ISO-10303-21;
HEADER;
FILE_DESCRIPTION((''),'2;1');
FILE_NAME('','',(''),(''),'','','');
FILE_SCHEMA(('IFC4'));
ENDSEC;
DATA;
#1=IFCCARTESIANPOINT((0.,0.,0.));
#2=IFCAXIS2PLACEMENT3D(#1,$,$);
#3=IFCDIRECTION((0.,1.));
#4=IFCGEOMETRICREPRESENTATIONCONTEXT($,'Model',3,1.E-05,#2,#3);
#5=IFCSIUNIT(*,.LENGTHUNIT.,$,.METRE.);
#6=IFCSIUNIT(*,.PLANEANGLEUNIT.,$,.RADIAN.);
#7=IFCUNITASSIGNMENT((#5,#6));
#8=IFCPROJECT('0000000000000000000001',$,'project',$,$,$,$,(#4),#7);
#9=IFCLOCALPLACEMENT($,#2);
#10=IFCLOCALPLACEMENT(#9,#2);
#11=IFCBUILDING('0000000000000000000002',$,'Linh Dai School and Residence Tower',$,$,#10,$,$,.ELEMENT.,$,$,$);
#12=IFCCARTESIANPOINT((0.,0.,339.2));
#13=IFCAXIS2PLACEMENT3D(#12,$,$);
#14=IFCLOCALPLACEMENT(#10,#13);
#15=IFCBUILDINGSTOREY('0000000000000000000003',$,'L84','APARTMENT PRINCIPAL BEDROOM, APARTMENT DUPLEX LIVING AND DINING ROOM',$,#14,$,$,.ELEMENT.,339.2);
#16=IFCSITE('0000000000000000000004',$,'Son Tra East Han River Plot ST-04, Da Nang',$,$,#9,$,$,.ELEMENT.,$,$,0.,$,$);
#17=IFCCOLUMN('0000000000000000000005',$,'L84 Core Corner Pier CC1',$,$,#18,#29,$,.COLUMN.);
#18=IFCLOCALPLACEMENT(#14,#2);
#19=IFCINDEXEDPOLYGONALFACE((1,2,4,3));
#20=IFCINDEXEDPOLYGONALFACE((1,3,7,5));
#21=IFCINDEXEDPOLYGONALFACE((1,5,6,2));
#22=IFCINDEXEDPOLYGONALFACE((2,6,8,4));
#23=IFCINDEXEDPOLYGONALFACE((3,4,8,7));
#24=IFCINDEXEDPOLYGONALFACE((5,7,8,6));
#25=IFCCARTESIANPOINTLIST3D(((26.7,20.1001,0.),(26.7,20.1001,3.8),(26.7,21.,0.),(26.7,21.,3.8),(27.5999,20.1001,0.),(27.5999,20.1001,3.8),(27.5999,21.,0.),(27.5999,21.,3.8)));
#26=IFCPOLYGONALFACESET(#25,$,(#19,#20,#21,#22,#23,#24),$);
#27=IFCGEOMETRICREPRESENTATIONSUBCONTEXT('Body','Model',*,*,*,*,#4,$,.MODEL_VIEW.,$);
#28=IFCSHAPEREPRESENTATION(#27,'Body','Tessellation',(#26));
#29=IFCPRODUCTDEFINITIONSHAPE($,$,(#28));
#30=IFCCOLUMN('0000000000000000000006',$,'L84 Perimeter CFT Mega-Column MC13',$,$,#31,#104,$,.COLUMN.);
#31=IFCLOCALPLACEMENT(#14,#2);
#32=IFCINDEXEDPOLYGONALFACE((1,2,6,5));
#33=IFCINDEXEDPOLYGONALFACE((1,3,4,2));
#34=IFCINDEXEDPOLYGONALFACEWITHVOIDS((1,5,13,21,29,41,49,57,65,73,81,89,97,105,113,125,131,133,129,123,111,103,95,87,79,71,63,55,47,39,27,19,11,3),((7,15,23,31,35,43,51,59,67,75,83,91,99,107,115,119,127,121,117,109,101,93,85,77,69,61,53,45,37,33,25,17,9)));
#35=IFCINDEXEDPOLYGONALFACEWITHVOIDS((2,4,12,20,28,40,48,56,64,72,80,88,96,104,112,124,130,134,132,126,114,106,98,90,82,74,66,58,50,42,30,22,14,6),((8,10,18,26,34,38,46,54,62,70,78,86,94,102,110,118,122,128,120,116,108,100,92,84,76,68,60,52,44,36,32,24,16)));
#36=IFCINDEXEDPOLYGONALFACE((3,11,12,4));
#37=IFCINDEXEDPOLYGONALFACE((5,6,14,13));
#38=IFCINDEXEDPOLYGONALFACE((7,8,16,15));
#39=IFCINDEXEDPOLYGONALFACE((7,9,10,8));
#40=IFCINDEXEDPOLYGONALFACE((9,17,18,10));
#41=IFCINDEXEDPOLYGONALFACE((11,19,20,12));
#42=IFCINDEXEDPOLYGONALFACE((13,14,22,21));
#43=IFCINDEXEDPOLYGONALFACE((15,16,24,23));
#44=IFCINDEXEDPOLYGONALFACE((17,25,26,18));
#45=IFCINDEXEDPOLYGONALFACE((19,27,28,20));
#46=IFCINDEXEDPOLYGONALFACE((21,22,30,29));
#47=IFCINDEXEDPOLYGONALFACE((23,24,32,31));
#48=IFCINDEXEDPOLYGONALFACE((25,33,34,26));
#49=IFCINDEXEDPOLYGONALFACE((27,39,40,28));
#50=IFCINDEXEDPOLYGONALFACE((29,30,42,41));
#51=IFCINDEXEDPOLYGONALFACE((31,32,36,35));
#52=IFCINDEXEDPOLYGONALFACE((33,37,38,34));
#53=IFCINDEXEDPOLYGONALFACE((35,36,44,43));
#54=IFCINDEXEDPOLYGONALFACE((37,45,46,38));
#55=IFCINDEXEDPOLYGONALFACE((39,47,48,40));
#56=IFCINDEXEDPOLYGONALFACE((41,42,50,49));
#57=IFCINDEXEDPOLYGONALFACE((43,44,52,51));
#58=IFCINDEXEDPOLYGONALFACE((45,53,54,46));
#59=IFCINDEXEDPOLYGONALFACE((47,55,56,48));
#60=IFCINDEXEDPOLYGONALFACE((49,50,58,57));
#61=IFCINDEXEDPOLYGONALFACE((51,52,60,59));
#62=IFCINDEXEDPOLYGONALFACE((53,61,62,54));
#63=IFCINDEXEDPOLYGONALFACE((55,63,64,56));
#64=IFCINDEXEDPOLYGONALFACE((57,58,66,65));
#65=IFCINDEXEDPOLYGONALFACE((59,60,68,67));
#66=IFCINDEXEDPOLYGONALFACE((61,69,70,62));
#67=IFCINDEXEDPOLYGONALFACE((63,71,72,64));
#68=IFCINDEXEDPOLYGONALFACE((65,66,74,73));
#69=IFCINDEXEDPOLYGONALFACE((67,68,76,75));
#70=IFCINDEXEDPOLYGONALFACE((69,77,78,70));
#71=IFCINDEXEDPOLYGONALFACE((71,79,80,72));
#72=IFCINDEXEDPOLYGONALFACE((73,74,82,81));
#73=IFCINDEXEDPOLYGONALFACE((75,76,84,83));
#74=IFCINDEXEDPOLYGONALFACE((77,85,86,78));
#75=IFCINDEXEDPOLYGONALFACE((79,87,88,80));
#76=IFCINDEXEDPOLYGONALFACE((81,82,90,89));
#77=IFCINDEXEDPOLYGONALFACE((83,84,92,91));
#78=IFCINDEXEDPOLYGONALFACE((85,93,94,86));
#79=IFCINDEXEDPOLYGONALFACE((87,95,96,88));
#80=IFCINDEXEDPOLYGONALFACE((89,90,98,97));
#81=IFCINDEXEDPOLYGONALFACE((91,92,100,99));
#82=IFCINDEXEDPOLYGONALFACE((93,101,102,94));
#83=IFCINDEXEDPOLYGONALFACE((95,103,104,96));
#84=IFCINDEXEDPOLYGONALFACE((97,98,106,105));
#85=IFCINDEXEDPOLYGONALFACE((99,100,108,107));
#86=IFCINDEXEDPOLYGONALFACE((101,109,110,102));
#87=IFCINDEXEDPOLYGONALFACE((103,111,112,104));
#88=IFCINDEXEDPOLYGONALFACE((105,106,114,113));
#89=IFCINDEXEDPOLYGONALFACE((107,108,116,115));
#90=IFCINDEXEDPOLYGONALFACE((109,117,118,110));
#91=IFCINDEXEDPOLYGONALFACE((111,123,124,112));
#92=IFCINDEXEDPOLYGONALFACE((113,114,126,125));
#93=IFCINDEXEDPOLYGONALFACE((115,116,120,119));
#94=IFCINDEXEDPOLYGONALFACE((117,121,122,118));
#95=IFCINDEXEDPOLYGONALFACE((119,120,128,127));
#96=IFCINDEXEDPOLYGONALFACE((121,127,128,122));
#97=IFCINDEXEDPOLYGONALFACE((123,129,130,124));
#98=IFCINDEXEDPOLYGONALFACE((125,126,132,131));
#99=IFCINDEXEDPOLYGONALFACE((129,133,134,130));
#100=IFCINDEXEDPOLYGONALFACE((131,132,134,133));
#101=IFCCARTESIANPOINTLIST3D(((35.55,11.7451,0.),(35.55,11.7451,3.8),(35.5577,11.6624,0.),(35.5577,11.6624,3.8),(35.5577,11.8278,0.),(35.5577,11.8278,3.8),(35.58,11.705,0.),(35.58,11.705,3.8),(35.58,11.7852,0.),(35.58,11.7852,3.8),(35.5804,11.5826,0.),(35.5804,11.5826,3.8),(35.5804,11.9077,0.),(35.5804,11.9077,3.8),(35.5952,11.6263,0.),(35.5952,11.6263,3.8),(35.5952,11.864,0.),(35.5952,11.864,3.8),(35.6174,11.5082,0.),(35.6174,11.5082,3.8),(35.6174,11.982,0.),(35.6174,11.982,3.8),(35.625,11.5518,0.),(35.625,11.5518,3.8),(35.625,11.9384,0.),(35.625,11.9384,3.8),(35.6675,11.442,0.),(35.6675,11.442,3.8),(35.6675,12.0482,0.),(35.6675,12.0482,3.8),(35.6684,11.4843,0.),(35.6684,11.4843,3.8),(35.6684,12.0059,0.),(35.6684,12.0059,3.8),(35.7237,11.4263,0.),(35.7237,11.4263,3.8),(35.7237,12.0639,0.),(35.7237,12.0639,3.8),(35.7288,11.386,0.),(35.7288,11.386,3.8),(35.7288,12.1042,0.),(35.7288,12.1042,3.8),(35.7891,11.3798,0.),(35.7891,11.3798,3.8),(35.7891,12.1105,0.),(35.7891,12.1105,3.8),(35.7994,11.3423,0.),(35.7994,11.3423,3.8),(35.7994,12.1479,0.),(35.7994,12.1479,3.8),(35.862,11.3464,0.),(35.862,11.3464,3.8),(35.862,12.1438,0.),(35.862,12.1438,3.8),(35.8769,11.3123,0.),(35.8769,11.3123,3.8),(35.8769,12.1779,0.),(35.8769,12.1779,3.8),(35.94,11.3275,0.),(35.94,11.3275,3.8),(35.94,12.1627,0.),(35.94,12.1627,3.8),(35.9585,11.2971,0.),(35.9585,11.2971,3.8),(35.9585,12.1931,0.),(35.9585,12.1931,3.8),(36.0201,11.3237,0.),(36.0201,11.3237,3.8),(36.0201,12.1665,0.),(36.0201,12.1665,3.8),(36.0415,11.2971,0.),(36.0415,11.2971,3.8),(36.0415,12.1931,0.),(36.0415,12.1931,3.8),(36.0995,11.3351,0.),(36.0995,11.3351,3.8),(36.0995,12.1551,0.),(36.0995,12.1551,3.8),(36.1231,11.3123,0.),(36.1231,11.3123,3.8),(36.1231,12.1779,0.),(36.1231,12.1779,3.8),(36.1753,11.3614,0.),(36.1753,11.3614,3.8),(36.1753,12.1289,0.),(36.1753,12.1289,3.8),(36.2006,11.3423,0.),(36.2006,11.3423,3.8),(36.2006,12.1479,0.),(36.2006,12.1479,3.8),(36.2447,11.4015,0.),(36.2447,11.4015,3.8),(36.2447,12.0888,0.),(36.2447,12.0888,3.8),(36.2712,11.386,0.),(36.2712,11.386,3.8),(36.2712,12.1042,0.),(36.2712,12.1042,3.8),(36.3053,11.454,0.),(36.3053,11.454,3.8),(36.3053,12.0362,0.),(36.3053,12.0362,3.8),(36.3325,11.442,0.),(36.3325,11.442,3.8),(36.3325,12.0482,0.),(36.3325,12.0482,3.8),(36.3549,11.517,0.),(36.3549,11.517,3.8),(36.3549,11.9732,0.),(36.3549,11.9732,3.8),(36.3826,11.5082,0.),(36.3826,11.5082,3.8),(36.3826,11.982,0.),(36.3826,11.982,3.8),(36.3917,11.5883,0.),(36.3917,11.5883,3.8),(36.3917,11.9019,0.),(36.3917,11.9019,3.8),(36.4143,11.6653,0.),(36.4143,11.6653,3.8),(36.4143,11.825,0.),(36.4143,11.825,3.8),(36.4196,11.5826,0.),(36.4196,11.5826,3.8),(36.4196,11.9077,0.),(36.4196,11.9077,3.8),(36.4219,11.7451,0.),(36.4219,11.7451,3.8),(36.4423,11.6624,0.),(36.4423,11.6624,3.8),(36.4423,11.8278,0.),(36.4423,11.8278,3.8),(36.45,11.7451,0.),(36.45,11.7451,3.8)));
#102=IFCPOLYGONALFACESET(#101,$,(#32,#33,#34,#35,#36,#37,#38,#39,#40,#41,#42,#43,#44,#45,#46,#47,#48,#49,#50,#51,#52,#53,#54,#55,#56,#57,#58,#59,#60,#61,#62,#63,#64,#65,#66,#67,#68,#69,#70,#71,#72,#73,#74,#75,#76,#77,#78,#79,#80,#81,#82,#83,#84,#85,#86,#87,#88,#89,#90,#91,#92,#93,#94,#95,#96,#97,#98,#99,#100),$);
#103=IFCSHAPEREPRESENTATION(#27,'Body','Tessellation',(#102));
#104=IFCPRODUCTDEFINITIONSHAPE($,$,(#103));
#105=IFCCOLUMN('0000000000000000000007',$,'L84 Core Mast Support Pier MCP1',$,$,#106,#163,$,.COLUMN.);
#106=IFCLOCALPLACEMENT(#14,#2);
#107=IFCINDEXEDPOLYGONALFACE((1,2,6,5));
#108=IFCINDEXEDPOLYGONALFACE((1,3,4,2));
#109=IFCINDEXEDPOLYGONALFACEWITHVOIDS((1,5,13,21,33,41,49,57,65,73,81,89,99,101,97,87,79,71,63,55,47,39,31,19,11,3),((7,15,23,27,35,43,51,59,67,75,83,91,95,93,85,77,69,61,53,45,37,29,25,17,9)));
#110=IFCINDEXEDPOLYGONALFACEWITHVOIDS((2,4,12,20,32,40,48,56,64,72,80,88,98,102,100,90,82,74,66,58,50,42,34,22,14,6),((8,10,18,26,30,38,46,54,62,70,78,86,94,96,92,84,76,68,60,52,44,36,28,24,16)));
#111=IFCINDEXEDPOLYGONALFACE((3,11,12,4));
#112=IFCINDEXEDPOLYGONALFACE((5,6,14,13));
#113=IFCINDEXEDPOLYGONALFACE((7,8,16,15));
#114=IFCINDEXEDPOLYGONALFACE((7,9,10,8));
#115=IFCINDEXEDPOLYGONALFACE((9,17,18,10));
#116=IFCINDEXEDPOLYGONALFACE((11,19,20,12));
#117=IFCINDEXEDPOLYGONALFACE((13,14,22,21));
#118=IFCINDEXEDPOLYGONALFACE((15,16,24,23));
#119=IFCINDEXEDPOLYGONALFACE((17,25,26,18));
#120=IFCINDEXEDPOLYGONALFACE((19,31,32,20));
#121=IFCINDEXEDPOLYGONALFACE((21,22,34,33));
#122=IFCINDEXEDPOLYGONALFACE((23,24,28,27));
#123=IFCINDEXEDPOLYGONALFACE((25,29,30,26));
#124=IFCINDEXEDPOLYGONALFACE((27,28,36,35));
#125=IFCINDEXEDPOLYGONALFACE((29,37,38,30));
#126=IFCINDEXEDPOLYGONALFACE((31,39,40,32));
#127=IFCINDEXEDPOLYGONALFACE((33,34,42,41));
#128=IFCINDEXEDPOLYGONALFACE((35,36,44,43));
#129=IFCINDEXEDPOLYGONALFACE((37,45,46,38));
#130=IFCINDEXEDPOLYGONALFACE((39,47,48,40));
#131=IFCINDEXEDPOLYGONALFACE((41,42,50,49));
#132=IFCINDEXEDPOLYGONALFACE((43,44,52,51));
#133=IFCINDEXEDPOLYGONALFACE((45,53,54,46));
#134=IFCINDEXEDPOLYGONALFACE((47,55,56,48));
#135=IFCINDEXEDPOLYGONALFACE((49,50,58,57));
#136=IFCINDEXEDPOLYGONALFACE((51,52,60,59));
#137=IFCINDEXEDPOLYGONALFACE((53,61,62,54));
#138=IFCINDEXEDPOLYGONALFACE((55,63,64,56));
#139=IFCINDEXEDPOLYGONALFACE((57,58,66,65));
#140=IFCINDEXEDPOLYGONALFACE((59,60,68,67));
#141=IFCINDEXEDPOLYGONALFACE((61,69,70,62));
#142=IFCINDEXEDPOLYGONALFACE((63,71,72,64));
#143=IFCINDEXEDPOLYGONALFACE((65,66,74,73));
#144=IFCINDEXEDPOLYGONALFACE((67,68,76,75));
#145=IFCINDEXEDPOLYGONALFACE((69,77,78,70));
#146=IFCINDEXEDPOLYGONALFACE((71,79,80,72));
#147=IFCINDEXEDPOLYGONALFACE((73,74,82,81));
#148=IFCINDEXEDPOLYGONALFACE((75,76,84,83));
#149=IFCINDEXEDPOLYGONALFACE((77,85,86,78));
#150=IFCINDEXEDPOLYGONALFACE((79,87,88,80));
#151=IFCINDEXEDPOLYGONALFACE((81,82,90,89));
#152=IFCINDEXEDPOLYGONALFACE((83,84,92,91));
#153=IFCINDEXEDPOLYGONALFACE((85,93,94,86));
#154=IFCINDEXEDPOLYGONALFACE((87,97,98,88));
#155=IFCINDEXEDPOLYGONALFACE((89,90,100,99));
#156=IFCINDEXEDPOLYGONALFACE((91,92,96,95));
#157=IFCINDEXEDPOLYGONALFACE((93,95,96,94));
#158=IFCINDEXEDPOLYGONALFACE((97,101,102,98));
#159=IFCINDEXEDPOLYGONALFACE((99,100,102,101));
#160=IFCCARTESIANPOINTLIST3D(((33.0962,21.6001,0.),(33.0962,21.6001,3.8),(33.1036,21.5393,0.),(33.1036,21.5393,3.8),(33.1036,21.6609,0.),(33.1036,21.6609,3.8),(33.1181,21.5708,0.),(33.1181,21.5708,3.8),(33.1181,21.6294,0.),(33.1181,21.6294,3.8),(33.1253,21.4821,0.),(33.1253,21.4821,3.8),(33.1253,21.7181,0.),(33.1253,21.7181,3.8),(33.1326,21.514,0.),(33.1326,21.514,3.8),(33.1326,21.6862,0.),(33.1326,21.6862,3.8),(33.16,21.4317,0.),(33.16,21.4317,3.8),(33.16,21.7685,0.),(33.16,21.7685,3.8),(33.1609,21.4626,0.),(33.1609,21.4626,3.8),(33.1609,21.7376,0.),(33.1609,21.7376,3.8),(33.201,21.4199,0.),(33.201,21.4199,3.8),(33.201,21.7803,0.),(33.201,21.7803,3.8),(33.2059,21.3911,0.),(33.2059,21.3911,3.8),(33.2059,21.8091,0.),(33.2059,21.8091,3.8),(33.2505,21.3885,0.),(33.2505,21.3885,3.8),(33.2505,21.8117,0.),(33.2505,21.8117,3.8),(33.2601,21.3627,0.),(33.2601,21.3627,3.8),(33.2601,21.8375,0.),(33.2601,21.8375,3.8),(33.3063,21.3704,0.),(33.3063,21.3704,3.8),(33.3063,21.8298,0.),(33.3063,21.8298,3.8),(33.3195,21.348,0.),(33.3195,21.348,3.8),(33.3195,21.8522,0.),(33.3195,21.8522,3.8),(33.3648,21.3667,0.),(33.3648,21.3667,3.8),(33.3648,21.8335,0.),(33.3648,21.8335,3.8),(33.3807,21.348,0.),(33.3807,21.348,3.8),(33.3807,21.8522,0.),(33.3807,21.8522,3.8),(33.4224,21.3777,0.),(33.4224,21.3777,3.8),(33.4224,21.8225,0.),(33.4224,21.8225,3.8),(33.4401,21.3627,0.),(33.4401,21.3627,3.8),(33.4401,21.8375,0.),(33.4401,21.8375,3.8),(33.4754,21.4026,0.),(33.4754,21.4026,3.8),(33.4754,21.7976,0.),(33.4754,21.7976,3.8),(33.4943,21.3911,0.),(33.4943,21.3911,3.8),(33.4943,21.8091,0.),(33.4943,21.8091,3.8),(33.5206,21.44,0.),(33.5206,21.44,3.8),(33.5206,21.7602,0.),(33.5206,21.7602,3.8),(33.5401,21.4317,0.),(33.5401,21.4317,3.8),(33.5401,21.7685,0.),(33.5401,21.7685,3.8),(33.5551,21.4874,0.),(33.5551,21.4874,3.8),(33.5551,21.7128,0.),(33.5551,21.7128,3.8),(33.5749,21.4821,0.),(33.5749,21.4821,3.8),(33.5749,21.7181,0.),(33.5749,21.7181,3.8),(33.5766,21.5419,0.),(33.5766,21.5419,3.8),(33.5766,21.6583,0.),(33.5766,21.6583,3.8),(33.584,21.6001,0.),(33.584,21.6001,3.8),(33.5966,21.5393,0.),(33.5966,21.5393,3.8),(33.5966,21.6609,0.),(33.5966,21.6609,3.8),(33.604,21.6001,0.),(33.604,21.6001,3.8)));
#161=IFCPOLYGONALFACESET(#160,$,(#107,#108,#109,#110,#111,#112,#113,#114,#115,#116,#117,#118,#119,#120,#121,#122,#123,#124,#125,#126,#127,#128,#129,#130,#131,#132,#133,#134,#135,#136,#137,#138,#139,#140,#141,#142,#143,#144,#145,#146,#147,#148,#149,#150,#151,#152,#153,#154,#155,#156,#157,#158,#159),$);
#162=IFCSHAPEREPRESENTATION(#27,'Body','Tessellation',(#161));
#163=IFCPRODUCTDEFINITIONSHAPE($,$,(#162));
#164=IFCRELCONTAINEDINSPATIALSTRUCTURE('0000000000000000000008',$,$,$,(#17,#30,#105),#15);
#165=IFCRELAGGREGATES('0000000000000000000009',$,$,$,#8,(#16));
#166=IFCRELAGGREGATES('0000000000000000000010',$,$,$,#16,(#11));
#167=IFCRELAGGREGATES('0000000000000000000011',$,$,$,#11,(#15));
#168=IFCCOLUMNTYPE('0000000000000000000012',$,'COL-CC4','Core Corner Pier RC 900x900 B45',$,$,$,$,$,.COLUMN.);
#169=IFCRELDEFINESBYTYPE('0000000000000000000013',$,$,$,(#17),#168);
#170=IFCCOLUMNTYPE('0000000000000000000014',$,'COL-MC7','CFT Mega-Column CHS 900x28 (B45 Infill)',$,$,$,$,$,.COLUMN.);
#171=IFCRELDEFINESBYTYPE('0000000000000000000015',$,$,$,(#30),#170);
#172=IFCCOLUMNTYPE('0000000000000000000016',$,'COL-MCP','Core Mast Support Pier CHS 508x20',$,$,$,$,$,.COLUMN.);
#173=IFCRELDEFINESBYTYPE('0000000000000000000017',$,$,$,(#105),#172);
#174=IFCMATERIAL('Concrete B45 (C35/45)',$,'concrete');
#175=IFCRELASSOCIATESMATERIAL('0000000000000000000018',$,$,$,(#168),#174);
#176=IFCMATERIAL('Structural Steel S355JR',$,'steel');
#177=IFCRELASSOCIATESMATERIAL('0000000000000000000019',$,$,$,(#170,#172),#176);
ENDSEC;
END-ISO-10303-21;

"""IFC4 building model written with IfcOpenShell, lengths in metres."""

from ifc_helpers import new_model, si_unit, direction, frame, origin, origin_2d, place, context, subcontext, project, spatial, rectangle, hollow_circle, extrude, material, material_profile, profile_set, type_object, element, save


model = new_model("IFC4")

# Units and contexts
model_context = context("Model", 3, precision=1e-05, world=origin(), true_north=direction((0.0, 1.0)))
body_context = subcontext(model_context, "Body", "Model", "MODEL_VIEW")
ifc_project = project(units=[si_unit("LENGTHUNIT", "METRE"), si_unit("PLANEANGLEUNIT", "RADIAN")], contexts=[model_context])

# Site, building, storey
site_placement = place(None, origin())
site = spatial("IfcSite", under=ifc_project, at=site_placement, Name="Son Tra East Han River Plot ST-04, Da Nang", CompositionType="ELEMENT", RefElevation=0.0)
building_placement = place(site_placement, origin())
building = spatial("IfcBuilding", under=site, at=building_placement, Name="Linh Dai School and Residence Tower", CompositionType="ELEMENT")
storey_placement = place(building_placement, frame((0.0, 0.0, 339.2)))
storey = spatial("IfcBuildingStorey", under=building, at=storey_placement, Name="L84", Description="APARTMENT PRINCIPAL BEDROOM, APARTMENT DUPLEX LIVING AND DINING ROOM", CompositionType="ELEMENT", Elevation=339.2)

# Columns
ifc_material_1 = material(Name="Concrete B45 (C35/45)", Category="concrete")
ifc_material_profile_1 = material_profile(ifc_material_1, rectangle(XDim=0.8999, YDim=0.8999, at=origin_2d()), Name="RC 900x900")
ifc_profile_set_1 = profile_set([ifc_material_profile_1], Name="Concrete B45 (C35/45)")
column_type_1 = type_object("IfcColumnType", Name="COL-CC4", Description="Core Corner Pier RC 900x900 B45", PredefinedType="COLUMN", material=ifc_profile_set_1)
column_1_placement = place(storey_placement, frame((27.1499, 20.55, 0.0), z_axis=(0.0, 0.0, 1.0), x_axis=(1.0, 0.0, 0.0)))
element("IfcColumn", 1, at=column_1_placement, inside=storey, type_object=column_type_1, Name="L84 Core Corner Pier CC1", PredefinedType="COLUMN", context=body_context, shape_type="SweptSolid", body=[
    extrude(rectangle(XDim=0.8999, YDim=0.8999, at=origin_2d()), origin(), (0.0, 0.0, 1.0), 3.8),
])
ifc_material_2 = material(Name="Structural Steel S355JR", Category="steel")
ifc_material_profile_2 = material_profile(ifc_material_2, hollow_circle(Radius=0.45, WallThickness=0.0281, at=origin_2d()), Name="CHS 900x28")
ifc_profile_set_2 = profile_set([ifc_material_profile_2], Name="Structural Steel S355JR")
column_type_2 = type_object("IfcColumnType", Name="COL-MC7", Description="CFT Mega-Column CHS 900x28 (B45 Infill)", PredefinedType="COLUMN", material=ifc_profile_set_2)
column_2_placement = place(storey_placement, frame((36.0, 11.7451, 0.0), z_axis=(0.0, 0.0, 1.0), x_axis=(1.0, 0.0, 0.0)))
element("IfcColumn", 2, at=column_2_placement, inside=storey, type_object=column_type_2, Name="L84 Perimeter CFT Mega-Column MC13", PredefinedType="COLUMN", context=body_context, shape_type="SweptSolid", body=[
    extrude(hollow_circle(Radius=0.45, WallThickness=0.0281, at=origin_2d()), origin(), (0.0, 0.0, 1.0), 3.8),
])
ifc_material_profile_3 = material_profile(ifc_material_2, hollow_circle(Radius=0.2539, WallThickness=0.02, at=origin_2d()), Name="CHS 508x20")
ifc_profile_set_3 = profile_set([ifc_material_profile_3], Name="Structural Steel S355JR")
column_type_3 = type_object("IfcColumnType", Name="COL-MCP", Description="Core Mast Support Pier CHS 508x20", PredefinedType="COLUMN", material=ifc_profile_set_3)
column_3_placement = place(storey_placement, frame((33.3501, 21.6001, 0.0), z_axis=(0.0, 0.0, 1.0), x_axis=(1.0, 0.0, 0.0)))
element("IfcColumn", 3, at=column_3_placement, inside=storey, type_object=column_type_3, Name="L84 Core Mast Support Pier MCP1", PredefinedType="COLUMN", context=body_context, shape_type="SweptSolid", body=[
    extrude(hollow_circle(Radius=0.2539, WallThickness=0.02, at=origin_2d()), origin(), (0.0, 0.0, 1.0), 3.8),
])

save(model, "model.ifc")
